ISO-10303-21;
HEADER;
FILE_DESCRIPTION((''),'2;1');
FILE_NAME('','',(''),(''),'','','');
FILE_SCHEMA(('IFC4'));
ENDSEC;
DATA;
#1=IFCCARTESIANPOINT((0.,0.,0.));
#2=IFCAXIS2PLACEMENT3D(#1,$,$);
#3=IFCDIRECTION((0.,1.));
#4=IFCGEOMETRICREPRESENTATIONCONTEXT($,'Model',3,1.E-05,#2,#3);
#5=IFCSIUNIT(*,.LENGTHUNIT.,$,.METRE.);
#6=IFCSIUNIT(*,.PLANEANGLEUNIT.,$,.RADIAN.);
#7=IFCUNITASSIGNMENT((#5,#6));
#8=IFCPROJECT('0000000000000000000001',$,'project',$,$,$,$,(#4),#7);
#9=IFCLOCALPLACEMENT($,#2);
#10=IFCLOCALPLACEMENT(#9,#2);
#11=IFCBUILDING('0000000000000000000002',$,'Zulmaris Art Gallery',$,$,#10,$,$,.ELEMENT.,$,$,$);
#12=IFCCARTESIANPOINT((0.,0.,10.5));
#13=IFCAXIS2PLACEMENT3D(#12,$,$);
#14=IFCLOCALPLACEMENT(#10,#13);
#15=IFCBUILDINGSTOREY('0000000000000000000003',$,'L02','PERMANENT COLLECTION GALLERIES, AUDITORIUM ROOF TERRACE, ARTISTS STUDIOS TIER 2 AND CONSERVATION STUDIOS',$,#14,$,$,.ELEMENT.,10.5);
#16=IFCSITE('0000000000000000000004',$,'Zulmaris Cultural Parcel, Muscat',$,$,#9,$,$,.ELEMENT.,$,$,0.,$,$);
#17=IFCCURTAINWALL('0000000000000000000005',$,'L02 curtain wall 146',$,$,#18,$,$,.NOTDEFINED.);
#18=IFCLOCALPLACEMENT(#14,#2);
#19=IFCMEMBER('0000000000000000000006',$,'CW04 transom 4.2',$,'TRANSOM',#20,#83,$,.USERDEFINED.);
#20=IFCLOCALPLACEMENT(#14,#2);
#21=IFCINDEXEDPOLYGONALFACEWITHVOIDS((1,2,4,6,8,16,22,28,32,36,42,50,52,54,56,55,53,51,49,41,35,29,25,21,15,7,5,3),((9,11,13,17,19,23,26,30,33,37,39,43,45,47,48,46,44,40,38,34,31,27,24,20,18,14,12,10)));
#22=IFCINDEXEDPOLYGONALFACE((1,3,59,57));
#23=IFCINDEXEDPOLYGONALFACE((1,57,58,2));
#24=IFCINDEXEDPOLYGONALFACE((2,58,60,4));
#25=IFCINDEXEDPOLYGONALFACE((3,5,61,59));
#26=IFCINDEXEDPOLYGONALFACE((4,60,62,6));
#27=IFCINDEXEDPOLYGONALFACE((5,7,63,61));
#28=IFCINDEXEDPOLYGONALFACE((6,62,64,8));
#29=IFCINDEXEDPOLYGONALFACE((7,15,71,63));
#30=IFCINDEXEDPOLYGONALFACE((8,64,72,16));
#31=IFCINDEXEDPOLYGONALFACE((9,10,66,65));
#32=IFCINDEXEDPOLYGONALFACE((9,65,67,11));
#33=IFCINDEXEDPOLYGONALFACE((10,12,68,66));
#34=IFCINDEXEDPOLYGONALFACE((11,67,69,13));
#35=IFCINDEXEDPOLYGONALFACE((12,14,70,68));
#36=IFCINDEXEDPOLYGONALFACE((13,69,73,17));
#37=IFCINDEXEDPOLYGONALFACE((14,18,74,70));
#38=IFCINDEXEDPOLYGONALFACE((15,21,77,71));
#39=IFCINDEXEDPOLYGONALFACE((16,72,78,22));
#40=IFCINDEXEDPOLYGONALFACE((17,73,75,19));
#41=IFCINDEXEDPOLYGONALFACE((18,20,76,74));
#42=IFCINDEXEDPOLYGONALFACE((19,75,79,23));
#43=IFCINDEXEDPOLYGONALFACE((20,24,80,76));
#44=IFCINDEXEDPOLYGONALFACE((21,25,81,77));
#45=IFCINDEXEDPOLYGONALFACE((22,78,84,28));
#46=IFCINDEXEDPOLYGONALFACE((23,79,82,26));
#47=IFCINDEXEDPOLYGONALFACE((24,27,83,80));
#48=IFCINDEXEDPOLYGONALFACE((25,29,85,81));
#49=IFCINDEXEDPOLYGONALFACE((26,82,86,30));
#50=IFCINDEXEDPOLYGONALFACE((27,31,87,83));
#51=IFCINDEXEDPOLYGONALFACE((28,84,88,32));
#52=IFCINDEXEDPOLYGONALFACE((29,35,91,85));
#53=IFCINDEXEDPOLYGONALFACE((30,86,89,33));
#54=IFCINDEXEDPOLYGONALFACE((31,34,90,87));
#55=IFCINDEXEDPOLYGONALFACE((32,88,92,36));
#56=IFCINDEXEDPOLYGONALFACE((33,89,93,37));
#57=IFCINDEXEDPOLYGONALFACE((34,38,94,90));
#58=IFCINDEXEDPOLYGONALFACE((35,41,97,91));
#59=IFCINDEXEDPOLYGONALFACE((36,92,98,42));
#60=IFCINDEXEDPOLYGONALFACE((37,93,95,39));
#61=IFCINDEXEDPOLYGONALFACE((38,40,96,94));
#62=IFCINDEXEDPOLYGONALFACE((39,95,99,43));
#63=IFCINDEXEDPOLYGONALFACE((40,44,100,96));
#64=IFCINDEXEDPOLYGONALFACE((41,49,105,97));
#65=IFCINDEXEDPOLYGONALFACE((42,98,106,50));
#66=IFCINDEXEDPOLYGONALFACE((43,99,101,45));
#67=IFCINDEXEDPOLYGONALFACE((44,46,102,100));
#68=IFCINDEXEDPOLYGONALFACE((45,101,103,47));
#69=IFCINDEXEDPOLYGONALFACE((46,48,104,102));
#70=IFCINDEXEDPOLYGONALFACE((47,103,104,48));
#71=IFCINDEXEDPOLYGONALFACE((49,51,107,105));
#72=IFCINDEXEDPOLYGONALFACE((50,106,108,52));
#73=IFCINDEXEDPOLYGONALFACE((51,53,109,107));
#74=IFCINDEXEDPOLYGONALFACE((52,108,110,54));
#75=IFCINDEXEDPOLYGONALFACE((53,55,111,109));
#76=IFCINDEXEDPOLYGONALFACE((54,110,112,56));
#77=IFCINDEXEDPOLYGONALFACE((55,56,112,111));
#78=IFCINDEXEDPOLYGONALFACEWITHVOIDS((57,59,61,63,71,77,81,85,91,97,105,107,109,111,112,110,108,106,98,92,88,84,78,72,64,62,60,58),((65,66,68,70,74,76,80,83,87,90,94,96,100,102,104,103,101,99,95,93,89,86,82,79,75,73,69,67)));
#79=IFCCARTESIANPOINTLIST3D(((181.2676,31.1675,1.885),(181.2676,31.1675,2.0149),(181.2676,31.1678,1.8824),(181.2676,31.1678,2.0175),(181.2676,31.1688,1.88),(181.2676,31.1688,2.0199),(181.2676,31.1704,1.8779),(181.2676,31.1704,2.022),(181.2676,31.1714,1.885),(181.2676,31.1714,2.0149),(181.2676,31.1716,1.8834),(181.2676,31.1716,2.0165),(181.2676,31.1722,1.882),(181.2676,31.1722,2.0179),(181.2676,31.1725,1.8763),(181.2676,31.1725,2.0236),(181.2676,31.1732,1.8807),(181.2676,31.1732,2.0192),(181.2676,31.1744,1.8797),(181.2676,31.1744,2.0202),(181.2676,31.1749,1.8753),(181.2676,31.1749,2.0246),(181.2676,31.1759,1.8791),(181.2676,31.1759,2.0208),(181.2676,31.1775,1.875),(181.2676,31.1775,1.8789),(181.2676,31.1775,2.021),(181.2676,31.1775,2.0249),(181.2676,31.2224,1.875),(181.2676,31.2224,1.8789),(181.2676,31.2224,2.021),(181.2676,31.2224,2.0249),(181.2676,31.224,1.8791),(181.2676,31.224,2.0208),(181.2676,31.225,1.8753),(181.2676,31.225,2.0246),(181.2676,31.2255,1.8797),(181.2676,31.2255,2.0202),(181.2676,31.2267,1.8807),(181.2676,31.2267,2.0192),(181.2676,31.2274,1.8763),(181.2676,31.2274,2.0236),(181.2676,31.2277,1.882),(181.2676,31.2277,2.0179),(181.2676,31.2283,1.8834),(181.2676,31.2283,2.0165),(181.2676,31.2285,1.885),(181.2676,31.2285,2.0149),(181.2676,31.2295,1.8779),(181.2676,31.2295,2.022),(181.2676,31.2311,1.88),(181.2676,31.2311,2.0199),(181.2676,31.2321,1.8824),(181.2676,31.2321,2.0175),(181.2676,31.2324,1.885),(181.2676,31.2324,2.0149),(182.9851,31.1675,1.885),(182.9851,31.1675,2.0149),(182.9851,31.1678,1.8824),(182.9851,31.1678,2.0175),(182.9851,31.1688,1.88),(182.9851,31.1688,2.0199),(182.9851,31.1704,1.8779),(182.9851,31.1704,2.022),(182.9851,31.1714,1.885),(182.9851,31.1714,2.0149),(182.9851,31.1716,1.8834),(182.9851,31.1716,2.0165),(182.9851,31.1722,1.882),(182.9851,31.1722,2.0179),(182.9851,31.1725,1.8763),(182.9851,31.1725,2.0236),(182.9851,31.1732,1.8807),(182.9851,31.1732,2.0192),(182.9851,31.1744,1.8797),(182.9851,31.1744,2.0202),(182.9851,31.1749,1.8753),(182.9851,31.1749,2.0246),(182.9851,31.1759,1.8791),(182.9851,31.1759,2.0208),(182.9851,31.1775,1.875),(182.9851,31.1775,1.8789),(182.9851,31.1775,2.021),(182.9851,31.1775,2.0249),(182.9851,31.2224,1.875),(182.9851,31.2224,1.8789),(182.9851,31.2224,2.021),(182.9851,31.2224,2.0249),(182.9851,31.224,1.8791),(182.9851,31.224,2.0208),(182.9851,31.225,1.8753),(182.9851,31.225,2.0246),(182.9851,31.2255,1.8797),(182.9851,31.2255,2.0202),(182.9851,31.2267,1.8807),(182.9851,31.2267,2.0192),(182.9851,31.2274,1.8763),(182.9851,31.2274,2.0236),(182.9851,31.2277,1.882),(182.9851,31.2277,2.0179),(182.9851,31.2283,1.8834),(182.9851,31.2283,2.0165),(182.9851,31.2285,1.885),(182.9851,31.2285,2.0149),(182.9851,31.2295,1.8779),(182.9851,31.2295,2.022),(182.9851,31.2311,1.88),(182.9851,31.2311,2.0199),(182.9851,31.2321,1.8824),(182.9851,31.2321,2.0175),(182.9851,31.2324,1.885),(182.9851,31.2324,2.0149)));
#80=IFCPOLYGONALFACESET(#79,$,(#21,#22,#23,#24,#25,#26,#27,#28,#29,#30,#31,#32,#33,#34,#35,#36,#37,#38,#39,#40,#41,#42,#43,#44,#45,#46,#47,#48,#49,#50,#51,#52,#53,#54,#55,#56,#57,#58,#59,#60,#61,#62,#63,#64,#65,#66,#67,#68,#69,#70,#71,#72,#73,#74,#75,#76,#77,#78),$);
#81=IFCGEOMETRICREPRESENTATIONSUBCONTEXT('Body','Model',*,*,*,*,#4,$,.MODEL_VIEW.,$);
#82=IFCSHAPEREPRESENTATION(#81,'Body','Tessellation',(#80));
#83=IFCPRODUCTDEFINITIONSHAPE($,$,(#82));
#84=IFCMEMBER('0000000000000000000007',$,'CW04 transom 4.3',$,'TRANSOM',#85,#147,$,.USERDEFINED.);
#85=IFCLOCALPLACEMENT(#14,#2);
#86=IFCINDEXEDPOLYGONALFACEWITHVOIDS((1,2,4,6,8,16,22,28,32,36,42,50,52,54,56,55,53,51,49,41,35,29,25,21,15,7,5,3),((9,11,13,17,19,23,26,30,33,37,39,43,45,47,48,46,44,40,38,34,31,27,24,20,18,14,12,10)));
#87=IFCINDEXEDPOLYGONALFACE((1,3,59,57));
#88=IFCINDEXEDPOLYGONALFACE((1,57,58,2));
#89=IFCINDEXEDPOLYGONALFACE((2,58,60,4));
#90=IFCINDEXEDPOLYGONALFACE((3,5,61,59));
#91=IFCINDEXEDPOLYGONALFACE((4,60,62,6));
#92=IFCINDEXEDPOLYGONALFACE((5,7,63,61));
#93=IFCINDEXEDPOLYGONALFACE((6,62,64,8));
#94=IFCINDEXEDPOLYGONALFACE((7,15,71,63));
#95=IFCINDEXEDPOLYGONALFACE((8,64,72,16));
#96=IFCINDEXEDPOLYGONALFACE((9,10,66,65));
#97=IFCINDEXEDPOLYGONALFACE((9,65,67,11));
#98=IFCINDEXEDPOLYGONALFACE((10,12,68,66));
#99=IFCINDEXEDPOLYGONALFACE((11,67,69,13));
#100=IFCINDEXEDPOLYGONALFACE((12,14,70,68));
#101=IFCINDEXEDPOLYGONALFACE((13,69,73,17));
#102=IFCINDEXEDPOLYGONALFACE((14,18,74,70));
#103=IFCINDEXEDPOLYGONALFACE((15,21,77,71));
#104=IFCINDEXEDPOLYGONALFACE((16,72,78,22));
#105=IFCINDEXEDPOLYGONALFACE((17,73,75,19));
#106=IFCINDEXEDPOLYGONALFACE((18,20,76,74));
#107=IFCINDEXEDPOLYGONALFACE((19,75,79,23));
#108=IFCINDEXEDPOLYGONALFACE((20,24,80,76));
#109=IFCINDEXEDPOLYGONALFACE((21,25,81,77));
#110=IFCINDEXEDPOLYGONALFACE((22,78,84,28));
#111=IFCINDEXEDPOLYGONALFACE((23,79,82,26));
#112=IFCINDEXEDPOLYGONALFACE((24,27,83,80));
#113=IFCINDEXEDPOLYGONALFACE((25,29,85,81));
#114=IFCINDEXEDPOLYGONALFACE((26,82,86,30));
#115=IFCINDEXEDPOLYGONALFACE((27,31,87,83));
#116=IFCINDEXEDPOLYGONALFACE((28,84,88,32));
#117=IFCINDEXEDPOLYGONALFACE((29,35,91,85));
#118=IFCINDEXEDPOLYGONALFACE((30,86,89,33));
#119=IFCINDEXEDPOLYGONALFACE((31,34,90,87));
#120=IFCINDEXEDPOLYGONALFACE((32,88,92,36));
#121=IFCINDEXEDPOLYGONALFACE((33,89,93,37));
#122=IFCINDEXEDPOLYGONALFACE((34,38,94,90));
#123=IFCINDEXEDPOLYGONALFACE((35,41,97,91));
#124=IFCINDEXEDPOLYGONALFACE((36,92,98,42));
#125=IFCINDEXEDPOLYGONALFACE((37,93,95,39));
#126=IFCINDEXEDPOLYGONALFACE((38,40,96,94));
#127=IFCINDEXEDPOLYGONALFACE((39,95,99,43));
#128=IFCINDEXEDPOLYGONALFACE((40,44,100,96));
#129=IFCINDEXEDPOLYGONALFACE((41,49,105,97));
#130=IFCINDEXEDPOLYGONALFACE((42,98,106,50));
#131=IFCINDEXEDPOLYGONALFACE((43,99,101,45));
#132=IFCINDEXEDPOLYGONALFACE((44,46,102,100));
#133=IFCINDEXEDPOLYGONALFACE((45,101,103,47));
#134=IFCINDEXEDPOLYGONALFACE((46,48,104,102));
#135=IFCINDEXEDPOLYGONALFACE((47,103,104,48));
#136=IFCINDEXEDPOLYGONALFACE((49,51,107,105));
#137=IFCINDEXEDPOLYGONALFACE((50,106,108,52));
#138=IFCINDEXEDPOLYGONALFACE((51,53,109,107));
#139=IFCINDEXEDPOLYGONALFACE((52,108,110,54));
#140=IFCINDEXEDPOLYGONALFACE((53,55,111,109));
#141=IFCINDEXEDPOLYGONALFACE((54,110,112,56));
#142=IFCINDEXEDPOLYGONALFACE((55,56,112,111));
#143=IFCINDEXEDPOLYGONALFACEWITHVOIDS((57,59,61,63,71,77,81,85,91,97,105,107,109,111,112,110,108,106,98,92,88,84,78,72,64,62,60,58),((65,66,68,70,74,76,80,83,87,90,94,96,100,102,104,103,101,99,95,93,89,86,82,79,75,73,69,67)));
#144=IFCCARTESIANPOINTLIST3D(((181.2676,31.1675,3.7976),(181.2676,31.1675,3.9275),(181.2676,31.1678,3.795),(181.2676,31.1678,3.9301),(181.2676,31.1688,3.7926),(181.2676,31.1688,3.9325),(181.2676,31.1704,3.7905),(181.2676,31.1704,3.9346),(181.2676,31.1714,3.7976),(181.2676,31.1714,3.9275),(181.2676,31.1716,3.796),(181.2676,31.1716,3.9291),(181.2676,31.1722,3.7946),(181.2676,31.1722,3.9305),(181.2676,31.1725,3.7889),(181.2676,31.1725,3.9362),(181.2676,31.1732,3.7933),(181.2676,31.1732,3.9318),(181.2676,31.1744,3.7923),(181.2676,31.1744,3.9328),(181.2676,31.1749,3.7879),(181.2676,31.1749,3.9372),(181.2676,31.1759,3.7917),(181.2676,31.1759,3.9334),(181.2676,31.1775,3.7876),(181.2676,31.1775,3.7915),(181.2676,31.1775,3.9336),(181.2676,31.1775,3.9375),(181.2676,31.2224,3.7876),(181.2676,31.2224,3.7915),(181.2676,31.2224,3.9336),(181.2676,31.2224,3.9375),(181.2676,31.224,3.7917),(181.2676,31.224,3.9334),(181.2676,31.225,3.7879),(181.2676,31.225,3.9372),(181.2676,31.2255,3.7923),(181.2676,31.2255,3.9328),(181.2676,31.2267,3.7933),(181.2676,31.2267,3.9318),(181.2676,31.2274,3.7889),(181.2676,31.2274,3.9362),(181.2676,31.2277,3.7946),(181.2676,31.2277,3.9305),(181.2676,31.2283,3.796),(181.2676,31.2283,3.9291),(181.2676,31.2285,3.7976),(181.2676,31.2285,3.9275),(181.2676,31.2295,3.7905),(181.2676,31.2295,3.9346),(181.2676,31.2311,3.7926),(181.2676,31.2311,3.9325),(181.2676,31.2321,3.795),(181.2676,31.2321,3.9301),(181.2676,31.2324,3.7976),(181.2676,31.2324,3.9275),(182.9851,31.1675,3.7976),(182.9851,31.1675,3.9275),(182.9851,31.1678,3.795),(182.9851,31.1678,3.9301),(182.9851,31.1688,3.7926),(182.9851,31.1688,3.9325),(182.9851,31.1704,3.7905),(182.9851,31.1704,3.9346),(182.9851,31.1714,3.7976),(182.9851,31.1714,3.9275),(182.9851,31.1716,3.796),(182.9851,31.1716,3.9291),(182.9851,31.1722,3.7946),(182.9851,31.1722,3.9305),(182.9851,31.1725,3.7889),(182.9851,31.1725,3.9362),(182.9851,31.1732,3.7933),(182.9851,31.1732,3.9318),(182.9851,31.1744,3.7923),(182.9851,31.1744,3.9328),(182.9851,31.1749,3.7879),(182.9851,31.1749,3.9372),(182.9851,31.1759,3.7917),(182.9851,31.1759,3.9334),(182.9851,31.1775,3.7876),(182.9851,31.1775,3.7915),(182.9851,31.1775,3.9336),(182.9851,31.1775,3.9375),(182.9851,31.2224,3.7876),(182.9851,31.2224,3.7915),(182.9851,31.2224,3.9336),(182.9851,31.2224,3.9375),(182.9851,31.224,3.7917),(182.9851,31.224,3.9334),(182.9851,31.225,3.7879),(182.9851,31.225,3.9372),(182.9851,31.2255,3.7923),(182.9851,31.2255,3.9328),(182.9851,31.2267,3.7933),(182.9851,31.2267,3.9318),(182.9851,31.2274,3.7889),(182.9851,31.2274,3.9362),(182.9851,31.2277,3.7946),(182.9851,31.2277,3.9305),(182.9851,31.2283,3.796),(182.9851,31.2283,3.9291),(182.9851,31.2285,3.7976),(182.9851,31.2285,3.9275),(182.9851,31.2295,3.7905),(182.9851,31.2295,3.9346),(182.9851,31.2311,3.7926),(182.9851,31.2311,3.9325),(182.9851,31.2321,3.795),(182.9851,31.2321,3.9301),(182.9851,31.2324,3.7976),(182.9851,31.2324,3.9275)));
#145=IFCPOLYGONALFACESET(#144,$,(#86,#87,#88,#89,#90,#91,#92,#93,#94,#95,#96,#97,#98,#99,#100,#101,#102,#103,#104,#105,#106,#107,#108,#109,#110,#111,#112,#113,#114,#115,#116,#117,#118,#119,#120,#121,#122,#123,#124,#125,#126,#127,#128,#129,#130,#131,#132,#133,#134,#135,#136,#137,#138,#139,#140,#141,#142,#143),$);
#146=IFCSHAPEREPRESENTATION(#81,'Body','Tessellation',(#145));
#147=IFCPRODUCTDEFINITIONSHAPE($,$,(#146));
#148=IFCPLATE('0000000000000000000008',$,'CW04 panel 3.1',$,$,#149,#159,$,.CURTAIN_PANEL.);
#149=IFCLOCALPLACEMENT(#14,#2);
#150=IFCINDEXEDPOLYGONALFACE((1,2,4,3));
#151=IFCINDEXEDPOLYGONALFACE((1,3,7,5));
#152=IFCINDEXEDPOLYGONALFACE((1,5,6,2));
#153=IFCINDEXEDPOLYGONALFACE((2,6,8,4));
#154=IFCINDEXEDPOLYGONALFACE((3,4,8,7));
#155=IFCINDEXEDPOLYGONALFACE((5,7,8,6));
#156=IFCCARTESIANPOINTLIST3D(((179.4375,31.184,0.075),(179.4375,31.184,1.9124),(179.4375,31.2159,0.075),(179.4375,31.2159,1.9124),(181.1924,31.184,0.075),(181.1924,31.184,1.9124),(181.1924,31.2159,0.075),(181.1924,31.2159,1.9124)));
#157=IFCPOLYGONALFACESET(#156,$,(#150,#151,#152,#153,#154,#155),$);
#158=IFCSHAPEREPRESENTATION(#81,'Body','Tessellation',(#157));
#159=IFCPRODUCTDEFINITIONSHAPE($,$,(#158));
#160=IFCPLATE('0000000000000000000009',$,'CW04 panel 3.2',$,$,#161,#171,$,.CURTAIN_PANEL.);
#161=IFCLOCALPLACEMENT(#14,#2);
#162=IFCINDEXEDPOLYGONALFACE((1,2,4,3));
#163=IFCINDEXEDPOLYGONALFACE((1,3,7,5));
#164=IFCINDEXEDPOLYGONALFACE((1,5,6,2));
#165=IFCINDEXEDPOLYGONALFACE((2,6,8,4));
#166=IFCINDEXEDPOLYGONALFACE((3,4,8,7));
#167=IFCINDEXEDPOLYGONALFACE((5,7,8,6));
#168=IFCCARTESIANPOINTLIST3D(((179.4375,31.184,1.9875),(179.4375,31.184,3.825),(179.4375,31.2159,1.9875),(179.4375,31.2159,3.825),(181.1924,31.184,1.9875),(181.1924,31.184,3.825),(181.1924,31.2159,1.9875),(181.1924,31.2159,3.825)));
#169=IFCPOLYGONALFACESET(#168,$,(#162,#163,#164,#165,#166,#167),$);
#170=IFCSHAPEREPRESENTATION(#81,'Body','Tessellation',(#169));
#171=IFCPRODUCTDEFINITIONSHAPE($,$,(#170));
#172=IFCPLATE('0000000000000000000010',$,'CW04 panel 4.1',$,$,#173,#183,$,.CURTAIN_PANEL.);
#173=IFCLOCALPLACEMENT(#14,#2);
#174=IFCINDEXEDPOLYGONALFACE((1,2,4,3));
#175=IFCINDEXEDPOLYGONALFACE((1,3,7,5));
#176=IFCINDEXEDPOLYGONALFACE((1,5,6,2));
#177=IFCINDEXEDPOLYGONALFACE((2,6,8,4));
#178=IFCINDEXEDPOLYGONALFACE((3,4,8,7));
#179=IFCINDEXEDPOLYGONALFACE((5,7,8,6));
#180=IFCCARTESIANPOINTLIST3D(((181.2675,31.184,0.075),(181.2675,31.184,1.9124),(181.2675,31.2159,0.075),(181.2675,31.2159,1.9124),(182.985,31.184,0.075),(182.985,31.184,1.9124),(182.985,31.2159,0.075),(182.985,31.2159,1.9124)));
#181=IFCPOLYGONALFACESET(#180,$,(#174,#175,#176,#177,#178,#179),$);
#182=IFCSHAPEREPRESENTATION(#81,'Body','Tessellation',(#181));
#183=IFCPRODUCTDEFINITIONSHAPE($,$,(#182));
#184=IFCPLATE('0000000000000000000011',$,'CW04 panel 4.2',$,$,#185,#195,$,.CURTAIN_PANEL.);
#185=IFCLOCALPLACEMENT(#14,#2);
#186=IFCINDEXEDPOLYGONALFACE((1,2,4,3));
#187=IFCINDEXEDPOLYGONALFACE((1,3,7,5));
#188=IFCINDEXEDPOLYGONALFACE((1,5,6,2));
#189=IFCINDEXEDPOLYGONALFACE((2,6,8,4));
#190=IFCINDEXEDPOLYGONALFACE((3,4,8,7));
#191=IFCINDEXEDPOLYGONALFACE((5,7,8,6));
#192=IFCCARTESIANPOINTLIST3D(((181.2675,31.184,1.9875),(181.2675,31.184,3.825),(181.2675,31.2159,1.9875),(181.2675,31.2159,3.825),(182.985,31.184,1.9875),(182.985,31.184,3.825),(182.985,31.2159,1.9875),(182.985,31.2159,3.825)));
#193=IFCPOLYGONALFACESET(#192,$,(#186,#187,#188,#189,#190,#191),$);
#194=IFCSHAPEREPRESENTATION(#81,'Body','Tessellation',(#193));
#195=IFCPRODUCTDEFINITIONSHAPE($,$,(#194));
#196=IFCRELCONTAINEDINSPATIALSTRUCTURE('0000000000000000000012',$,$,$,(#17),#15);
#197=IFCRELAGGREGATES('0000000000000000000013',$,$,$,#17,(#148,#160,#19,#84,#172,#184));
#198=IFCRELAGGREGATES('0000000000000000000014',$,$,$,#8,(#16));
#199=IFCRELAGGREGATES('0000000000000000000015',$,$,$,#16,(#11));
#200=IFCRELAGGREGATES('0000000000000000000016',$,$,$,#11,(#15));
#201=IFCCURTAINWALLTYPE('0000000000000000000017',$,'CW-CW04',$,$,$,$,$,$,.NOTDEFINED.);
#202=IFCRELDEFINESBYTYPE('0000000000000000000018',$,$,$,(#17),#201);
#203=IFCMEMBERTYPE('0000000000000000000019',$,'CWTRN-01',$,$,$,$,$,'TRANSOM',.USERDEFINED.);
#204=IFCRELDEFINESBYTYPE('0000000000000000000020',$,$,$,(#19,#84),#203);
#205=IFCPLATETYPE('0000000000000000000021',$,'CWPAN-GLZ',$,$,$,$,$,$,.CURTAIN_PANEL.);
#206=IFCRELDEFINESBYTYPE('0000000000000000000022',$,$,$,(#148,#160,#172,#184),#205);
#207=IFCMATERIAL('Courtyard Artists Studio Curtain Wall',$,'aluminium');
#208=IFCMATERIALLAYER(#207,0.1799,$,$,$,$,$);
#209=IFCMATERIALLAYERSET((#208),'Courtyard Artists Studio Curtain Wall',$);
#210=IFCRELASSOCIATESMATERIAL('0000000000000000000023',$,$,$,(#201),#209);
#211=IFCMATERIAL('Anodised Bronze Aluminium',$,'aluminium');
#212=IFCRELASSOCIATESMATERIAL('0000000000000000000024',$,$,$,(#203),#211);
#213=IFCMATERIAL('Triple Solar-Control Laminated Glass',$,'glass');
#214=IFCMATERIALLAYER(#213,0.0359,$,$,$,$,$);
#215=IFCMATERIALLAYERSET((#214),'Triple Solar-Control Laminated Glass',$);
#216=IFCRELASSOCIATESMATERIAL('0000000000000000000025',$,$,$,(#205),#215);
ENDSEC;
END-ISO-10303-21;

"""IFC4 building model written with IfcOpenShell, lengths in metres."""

from ifc_helpers import new_model, si_unit, direction, frame, origin, origin_2d, place, context, subcontext, project, spatial, rectangle, hollow_rectangle, extrude, material, layer, layer_set, material_profile, profile_set, type_object, element, aggregate, save


model = new_model("IFC4")

# Units and contexts
model_context = context("Model", 3, precision=1e-05, world=origin(), true_north=direction((0.0, 1.0)))
body_context = subcontext(model_context, "Body", "Model", "MODEL_VIEW")
ifc_project = project(units=[si_unit("LENGTHUNIT", "METRE"), si_unit("PLANEANGLEUNIT", "RADIAN")], contexts=[model_context])

# Site, building, storey
site_placement = place(None, origin())
site = spatial("IfcSite", under=ifc_project, at=site_placement, Name="Zulmaris Cultural Parcel, Muscat", CompositionType="ELEMENT", RefElevation=0.0)
building_placement = place(site_placement, origin())
building = spatial("IfcBuilding", under=site, at=building_placement, Name="Zulmaris Art Gallery", CompositionType="ELEMENT")
storey_placement = place(building_placement, frame((0.0, 0.0, 10.5)))
storey = spatial("IfcBuildingStorey", under=building, at=storey_placement, Name="L02", Description="PERMANENT COLLECTION GALLERIES, AUDITORIUM ROOF TERRACE, ARTISTS STUDIOS TIER 2 AND CONSERVATION STUDIOS", CompositionType="ELEMENT", Elevation=10.5)

# Curtain wall, members, plates
ifc_material_1 = material(Name="Courtyard Artists Studio Curtain Wall", Category="aluminium")
ifc_layer_1 = layer(ifc_material_1, 0.1799)
ifc_layer_set_1 = layer_set([ifc_layer_1], Name="Courtyard Artists Studio Curtain Wall")
curtain_wall_type = type_object("IfcCurtainWallType", Name="CW-CW04", PredefinedType="NOTDEFINED", material=ifc_layer_set_1)
curtain_wall_placement = place(storey_placement, origin())
curtain_wall = element("IfcCurtainWall", 1, at=curtain_wall_placement, inside=storey, type_object=curtain_wall_type, Name="L02 curtain wall 146", PredefinedType="NOTDEFINED")
ifc_material_2 = material(Name="Anodised Bronze Aluminium", Category="aluminium")
ifc_material_profile_1 = material_profile(ifc_material_2, hollow_rectangle(XDim=0.0649, YDim=0.1499, WallThickness=0.0039, InnerFilletRadius=0.0061, OuterFilletRadius=0.01, at=origin_2d()), Name="ALU 65x150x4")
ifc_profile_set_1 = profile_set([ifc_material_profile_1], Name="Anodised Bronze Aluminium")
member_type_1 = type_object("IfcMemberType", Name="CWTRN-01", ElementType="TRANSOM", PredefinedType="USERDEFINED", material=ifc_profile_set_1)
member_1_placement = place(storey_placement, frame((181.2676, 31.2, 1.95), z_axis=(1.0, 0.0, 0.0), x_axis=(0.0, 1.0, 0.0)))
member_1 = element("IfcMember", 2, at=member_1_placement, type_object=member_type_1, Name="CW04 transom 4.2", ObjectType="TRANSOM", PredefinedType="USERDEFINED", context=body_context, shape_type="SweptSolid", body=[
    extrude(hollow_rectangle(XDim=0.0649, YDim=0.1499, WallThickness=0.0039, InnerFilletRadius=0.0061, OuterFilletRadius=0.01, at=origin_2d()), origin(), (0.0, 0.0, 1.0), 1.7175),
])
member_2_placement = place(storey_placement, frame((181.2676, 31.2, 3.8625), z_axis=(1.0, 0.0, 0.0), x_axis=(0.0, 1.0, 0.0)))
member_2 = element("IfcMember", 3, at=member_2_placement, type_object=member_type_1, Name="CW04 transom 4.3", ObjectType="TRANSOM", PredefinedType="USERDEFINED", context=body_context, shape_type="SweptSolid", body=[
    extrude(hollow_rectangle(XDim=0.0649, YDim=0.1499, WallThickness=0.0039, InnerFilletRadius=0.0061, OuterFilletRadius=0.01, at=origin_2d()), origin(), (0.0, 0.0, 1.0), 1.7175),
])
ifc_material_3 = material(Name="Triple Solar-Control Laminated Glass", Category="glass")
ifc_layer_2 = layer(ifc_material_3, 0.0359)
ifc_layer_set_2 = layer_set([ifc_layer_2], Name="Triple Solar-Control Laminated Glass")
plate_type = type_object("IfcPlateType", Name="CWPAN-GLZ", PredefinedType="CURTAIN_PANEL", material=ifc_layer_set_2)
plate_1_placement = place(storey_placement, frame((180.3149, 31.2, 0.075), z_axis=(0.0, 0.0, 1.0), x_axis=(1.0, 0.0, 0.0)))
plate_1 = element("IfcPlate", 4, at=plate_1_placement, type_object=plate_type, Name="CW04 panel 3.1", PredefinedType="CURTAIN_PANEL", context=body_context, shape_type="SweptSolid", body=[
    extrude(rectangle(XDim=1.7549, YDim=0.032, at=origin_2d()), origin(), (0.0, 0.0, 1.0), 1.8374),
])
plate_2_placement = place(storey_placement, frame((180.3149, 31.2, 1.9875), z_axis=(0.0, 0.0, 1.0), x_axis=(1.0, 0.0, 0.0)))
plate_2 = element("IfcPlate", 5, at=plate_2_placement, type_object=plate_type, Name="CW04 panel 3.2", PredefinedType="CURTAIN_PANEL", context=body_context, shape_type="SweptSolid", body=[
    extrude(rectangle(XDim=1.7549, YDim=0.032, at=origin_2d()), origin(), (0.0, 0.0, 1.0), 1.8374),
])
plate_3_placement = place(storey_placement, frame((182.1262, 31.2, 0.075), z_axis=(0.0, 0.0, 1.0), x_axis=(1.0, 0.0, 0.0)))
plate_3 = element("IfcPlate", 6, at=plate_3_placement, type_object=plate_type, Name="CW04 panel 4.1", PredefinedType="CURTAIN_PANEL", context=body_context, shape_type="SweptSolid", body=[
    extrude(rectangle(XDim=1.7175, YDim=0.032, at=origin_2d()), origin(), (0.0, 0.0, 1.0), 1.8374),
])
plate_4_placement = place(storey_placement, frame((182.1262, 31.2, 1.9875), z_axis=(0.0, 0.0, 1.0), x_axis=(1.0, 0.0, 0.0)))
plate_4 = element("IfcPlate", 7, at=plate_4_placement, type_object=plate_type, Name="CW04 panel 4.2", PredefinedType="CURTAIN_PANEL", context=body_context, shape_type="SweptSolid", body=[
    extrude(rectangle(XDim=1.7175, YDim=0.032, at=origin_2d()), origin(), (0.0, 0.0, 1.0), 1.8374),
])
aggregate(curtain_wall, [plate_1, plate_2, member_1, member_2, plate_3, plate_4])

save(model, "model.ifc")
